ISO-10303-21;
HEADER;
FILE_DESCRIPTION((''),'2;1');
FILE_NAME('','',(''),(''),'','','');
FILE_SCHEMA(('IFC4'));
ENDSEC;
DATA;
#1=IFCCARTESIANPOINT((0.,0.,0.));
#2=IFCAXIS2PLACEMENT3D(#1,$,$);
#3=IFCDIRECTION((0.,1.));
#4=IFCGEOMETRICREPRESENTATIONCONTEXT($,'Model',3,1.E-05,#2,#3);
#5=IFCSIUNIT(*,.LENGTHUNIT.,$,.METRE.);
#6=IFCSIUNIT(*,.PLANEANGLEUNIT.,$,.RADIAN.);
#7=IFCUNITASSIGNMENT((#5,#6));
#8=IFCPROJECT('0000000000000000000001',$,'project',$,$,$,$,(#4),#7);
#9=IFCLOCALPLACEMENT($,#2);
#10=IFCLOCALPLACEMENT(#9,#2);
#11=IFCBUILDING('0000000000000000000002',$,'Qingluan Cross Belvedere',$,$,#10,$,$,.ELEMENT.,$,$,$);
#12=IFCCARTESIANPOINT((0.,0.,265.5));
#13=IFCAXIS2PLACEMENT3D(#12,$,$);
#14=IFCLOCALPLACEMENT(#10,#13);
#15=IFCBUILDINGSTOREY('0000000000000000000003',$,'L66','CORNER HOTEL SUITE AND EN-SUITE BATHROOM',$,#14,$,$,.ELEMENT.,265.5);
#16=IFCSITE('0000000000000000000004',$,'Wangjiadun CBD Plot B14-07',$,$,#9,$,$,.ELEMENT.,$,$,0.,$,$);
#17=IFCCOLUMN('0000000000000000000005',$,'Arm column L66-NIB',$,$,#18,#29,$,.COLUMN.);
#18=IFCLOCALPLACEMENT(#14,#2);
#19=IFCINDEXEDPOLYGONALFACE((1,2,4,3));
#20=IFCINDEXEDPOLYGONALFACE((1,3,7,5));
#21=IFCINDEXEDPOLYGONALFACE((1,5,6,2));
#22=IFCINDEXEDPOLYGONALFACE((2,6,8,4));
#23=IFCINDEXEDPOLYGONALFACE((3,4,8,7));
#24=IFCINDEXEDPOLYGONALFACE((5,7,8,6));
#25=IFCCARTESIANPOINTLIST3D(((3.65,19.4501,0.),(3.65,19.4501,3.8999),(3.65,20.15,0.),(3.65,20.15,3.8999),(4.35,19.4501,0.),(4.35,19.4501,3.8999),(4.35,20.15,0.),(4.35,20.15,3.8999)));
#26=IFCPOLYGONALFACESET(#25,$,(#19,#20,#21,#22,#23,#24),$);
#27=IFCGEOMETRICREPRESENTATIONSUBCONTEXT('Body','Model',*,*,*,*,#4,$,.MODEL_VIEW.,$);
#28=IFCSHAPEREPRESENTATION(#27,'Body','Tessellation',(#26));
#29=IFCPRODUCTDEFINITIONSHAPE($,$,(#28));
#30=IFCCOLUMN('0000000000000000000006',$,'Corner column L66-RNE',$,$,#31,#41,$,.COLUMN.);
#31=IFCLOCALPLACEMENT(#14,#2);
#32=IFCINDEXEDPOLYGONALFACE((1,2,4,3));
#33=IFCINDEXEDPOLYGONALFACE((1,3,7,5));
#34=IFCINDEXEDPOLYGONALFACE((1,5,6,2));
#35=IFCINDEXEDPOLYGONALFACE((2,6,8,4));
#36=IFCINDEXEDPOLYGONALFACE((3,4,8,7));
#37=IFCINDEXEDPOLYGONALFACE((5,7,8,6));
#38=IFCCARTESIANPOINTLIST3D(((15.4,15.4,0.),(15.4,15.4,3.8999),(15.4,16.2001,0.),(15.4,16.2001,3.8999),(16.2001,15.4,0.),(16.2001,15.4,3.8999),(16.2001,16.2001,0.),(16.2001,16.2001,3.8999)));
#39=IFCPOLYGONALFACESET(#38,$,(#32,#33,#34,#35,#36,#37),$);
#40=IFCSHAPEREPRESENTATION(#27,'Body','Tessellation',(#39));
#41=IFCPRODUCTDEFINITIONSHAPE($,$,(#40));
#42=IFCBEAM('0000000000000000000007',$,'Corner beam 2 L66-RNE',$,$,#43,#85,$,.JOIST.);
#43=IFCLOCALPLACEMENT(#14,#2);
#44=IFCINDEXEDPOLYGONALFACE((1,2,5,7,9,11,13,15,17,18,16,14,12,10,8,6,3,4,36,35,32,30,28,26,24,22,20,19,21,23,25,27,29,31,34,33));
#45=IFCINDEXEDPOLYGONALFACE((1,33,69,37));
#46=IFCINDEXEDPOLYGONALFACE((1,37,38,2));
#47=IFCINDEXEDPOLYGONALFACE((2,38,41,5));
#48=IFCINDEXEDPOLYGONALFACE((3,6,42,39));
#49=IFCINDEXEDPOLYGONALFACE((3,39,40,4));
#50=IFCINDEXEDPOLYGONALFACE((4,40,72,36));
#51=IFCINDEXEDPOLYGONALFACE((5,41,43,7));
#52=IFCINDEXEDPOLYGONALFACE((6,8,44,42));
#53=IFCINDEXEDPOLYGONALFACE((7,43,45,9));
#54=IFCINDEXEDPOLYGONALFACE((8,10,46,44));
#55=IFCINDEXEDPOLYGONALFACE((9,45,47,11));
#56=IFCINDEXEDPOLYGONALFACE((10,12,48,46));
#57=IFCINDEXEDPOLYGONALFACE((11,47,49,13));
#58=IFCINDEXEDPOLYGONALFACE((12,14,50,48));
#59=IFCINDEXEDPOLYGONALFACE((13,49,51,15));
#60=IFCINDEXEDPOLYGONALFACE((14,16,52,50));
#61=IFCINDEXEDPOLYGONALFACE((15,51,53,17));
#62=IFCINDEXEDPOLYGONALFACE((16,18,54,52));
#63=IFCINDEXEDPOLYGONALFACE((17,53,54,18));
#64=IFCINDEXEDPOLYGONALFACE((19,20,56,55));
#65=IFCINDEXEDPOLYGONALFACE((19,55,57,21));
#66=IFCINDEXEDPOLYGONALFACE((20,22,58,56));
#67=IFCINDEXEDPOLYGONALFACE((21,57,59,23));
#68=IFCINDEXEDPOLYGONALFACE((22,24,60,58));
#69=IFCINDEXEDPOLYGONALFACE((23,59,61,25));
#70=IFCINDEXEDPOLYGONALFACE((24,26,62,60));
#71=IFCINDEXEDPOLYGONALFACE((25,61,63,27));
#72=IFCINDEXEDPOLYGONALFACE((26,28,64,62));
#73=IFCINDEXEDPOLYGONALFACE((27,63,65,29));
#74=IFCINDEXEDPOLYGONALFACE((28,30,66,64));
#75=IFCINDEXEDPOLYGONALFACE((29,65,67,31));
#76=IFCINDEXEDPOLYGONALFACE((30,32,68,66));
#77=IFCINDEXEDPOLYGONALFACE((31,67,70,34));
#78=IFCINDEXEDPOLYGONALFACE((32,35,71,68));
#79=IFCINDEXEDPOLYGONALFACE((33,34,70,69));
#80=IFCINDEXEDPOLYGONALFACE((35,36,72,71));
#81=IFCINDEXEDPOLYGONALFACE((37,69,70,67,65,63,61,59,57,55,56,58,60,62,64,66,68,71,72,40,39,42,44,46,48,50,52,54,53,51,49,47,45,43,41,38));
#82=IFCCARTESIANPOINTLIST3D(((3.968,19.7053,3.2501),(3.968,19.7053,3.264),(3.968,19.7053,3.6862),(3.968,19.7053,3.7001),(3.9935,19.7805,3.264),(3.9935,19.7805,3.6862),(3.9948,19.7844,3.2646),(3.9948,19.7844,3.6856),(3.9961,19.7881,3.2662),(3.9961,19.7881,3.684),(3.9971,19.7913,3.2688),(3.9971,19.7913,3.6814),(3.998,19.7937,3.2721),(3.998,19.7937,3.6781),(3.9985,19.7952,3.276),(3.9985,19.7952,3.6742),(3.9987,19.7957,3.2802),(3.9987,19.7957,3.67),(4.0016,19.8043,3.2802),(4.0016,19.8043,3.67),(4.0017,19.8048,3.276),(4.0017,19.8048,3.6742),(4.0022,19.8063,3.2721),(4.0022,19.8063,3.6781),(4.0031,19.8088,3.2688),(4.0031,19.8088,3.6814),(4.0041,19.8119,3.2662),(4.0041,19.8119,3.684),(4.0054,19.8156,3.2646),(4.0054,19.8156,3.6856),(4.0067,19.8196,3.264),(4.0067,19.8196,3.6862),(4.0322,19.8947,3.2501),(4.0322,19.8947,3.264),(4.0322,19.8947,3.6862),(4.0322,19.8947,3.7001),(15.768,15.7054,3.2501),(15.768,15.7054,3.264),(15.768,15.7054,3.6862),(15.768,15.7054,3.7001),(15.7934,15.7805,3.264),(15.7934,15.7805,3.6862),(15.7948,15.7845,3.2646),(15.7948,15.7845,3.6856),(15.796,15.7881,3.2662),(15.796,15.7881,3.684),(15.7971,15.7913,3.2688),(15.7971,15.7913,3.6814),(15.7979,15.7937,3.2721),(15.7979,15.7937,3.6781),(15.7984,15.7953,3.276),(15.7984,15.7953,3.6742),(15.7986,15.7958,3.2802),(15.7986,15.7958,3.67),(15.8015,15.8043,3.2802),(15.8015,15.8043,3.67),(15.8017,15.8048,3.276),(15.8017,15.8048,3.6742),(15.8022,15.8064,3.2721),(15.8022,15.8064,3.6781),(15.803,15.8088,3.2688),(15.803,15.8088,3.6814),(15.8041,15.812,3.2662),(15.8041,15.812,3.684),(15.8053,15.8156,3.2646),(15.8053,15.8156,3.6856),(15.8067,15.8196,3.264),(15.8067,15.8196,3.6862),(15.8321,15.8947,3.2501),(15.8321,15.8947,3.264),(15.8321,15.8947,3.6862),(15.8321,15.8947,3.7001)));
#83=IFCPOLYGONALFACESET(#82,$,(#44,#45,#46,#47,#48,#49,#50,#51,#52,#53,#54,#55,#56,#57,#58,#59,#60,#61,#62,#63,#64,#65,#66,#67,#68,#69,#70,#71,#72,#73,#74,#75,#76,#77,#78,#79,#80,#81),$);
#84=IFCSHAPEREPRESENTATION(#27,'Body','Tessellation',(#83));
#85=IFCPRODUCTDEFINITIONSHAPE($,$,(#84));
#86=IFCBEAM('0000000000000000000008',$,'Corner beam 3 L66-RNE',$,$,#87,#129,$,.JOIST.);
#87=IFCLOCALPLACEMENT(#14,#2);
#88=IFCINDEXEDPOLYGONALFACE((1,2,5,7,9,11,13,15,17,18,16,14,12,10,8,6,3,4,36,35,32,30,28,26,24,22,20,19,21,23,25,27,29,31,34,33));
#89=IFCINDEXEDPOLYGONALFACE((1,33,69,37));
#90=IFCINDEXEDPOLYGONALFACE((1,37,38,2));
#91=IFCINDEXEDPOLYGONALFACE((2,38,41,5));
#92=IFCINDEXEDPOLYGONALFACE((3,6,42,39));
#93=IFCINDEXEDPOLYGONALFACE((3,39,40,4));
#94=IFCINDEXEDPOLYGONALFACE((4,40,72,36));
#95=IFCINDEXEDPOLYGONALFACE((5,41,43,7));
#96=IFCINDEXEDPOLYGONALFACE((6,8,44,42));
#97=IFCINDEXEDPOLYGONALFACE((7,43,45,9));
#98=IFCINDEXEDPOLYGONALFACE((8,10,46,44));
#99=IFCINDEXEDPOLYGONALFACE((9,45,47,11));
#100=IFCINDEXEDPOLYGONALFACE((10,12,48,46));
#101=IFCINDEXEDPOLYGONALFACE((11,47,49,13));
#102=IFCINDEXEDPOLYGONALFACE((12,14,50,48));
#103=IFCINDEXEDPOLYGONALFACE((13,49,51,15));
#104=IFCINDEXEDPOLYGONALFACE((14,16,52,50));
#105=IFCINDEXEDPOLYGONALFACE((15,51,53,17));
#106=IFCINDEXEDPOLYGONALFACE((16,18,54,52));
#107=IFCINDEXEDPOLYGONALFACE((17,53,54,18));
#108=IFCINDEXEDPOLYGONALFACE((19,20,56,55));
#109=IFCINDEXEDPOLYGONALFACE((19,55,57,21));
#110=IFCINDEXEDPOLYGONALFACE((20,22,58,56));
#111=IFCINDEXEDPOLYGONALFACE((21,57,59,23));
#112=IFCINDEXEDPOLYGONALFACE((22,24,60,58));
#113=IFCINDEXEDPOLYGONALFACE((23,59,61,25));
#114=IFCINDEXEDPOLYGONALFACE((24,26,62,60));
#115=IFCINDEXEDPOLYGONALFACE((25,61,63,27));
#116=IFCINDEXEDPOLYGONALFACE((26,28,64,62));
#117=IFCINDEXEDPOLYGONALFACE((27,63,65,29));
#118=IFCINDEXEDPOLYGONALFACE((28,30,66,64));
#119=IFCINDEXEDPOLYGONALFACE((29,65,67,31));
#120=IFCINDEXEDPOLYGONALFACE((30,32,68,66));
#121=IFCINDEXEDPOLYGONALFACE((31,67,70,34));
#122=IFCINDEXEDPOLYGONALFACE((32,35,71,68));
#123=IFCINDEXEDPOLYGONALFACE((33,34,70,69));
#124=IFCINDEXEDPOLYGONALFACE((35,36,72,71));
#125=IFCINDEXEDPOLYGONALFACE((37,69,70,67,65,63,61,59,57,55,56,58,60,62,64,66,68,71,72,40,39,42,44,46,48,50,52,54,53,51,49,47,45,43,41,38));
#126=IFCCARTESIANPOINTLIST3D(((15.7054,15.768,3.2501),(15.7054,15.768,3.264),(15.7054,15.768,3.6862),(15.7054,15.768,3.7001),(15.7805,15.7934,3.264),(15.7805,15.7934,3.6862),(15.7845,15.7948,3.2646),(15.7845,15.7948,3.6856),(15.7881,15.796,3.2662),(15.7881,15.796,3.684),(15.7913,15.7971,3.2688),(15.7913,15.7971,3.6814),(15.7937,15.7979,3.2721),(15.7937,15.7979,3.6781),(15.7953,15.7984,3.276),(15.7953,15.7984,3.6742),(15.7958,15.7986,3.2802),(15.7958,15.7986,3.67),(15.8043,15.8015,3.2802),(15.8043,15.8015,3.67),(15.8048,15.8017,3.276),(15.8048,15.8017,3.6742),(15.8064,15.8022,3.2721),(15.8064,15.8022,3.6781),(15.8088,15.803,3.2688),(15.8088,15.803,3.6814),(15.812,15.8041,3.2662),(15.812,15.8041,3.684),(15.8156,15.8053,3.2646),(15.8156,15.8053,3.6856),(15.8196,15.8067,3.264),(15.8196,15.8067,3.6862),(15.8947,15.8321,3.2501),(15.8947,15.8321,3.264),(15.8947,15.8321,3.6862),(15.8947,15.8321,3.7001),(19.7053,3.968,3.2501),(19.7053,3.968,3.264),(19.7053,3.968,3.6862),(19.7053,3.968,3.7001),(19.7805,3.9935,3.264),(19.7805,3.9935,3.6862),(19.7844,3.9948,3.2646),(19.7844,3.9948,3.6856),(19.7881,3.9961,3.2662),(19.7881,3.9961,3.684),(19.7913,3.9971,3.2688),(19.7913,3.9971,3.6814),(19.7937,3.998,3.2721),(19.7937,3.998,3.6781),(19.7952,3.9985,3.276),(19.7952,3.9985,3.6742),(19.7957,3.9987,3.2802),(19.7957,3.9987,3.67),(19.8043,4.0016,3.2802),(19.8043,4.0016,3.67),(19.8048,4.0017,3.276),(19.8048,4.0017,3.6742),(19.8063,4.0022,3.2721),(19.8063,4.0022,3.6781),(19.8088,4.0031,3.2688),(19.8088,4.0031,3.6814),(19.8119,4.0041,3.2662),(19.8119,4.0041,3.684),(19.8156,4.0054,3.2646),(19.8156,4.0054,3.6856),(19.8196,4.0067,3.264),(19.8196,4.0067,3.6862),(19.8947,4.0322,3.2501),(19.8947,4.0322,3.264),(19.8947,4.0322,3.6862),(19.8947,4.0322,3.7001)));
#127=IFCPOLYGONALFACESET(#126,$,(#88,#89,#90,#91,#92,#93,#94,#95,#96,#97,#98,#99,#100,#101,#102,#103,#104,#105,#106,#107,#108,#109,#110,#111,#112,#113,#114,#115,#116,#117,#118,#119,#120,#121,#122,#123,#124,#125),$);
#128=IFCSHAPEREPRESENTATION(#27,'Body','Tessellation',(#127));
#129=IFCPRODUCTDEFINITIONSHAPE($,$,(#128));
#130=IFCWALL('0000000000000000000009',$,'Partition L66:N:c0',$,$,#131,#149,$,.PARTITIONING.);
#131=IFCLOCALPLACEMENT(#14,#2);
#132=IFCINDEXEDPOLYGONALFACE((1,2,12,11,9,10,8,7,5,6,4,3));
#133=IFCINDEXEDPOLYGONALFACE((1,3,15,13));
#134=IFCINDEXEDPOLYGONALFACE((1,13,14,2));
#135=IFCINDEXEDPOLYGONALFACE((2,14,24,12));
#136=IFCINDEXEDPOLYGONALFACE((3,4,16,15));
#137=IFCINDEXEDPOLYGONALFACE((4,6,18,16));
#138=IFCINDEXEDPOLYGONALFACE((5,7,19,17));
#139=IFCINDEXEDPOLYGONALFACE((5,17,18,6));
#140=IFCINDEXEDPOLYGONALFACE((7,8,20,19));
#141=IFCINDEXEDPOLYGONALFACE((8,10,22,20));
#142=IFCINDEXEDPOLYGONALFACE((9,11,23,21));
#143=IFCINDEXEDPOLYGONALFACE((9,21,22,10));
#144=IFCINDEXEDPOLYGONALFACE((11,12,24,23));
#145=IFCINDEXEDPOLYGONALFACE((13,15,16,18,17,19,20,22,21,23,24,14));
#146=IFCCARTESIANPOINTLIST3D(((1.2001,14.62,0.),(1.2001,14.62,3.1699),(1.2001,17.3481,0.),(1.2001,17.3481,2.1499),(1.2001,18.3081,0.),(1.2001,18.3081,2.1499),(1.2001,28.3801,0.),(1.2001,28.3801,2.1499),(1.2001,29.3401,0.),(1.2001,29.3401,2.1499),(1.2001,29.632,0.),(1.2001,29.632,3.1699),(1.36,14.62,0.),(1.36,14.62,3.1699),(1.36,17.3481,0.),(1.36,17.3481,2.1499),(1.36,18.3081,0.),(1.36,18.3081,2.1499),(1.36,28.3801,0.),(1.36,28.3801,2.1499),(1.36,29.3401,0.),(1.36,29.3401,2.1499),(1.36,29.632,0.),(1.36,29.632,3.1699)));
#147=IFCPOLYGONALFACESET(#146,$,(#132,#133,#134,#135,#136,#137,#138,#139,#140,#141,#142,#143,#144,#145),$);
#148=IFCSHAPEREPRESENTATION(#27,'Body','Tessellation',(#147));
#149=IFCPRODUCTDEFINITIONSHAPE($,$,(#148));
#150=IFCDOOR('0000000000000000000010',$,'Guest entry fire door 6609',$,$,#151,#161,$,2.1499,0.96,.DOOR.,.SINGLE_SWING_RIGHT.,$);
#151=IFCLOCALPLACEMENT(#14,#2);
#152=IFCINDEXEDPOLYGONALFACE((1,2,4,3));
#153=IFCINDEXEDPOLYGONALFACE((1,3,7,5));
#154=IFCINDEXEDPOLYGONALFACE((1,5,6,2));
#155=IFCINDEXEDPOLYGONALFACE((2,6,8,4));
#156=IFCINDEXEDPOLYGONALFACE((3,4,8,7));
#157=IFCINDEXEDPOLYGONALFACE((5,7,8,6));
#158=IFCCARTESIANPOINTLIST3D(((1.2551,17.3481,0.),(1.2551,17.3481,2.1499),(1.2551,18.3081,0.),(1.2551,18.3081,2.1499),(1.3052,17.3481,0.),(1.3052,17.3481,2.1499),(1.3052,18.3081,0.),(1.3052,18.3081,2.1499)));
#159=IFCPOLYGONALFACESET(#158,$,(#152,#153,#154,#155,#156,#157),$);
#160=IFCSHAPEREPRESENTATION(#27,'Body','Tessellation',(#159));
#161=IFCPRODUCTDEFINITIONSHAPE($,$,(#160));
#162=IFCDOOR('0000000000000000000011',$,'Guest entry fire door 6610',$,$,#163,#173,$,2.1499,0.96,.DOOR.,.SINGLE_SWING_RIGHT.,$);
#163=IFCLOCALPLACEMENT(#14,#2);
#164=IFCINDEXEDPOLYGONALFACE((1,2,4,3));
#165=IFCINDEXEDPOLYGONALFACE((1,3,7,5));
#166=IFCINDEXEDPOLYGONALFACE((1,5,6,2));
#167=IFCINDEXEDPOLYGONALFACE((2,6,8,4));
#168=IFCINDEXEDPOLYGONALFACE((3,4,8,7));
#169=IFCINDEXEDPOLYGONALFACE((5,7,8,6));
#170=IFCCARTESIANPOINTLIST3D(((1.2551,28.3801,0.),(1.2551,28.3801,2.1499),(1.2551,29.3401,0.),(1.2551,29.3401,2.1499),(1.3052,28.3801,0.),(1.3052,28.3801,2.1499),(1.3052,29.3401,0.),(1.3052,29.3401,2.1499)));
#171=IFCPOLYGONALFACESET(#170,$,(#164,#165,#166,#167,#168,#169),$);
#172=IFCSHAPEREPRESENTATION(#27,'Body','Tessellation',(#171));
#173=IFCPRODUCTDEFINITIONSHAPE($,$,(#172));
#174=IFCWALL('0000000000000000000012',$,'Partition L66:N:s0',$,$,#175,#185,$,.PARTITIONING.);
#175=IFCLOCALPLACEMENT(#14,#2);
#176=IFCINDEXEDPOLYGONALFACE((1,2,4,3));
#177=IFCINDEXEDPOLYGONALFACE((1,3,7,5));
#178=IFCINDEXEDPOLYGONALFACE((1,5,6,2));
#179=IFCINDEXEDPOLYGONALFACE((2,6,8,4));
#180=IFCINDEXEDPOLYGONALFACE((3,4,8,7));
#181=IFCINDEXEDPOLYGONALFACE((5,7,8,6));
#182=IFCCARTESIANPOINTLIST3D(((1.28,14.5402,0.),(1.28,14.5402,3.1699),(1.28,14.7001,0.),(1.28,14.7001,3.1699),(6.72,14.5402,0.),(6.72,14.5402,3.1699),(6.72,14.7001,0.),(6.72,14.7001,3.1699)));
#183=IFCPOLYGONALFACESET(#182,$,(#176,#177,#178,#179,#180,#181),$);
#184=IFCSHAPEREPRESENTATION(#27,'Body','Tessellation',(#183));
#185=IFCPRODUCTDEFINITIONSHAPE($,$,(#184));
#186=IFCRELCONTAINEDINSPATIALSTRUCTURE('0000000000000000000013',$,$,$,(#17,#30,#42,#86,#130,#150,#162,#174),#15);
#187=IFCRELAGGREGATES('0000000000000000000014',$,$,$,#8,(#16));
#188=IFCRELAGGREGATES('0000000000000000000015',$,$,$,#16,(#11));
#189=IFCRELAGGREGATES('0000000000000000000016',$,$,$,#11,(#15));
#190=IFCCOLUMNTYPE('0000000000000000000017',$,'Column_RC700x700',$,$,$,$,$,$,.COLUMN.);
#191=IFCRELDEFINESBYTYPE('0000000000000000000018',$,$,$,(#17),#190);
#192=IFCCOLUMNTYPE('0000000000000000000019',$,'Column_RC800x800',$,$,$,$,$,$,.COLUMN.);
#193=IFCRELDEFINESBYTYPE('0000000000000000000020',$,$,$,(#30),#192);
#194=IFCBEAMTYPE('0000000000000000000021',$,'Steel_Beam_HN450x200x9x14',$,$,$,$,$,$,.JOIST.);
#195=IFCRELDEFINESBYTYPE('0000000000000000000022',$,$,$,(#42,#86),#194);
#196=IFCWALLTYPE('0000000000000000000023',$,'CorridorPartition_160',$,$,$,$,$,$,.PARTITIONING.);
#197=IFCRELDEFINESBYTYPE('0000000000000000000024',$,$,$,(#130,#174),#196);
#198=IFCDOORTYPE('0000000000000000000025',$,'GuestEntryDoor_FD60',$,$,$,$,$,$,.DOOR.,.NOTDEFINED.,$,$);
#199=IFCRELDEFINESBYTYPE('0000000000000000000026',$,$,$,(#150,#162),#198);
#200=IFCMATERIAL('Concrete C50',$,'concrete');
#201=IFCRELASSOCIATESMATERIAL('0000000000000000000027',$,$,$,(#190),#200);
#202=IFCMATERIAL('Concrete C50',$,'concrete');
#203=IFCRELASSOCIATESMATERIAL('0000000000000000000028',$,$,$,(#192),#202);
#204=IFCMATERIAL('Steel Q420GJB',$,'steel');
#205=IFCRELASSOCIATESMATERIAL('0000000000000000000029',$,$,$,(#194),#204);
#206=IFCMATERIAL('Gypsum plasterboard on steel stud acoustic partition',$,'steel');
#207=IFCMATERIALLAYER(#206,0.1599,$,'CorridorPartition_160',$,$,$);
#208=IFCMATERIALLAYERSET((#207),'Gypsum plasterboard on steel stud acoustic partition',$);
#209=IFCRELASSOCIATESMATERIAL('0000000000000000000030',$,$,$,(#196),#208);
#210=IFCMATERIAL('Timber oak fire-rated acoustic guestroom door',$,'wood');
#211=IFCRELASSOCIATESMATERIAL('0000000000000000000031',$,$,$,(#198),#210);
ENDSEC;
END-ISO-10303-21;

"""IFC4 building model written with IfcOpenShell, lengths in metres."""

from ifc_helpers import new_model, si_unit, direction, frame, frame_2d, origin, origin_2d, place, context, subcontext, project, spatial, rectangle, i_section, extrude, material, layer, layer_set, material_profile, profile_set, type_object, element, fill, save


model = new_model("IFC4")

# Units and contexts
model_context = context("Model", 3, precision=1e-05, world=origin(), true_north=direction((0.0, 1.0)))
body_context = subcontext(model_context, "Body", "Model", "MODEL_VIEW")
ifc_project = project(units=[si_unit("LENGTHUNIT", "METRE"), si_unit("PLANEANGLEUNIT", "RADIAN")], contexts=[model_context])

# Site, building, storey
site_placement = place(None, origin())
site = spatial("IfcSite", under=ifc_project, at=site_placement, Name="Wangjiadun CBD Plot B14-07", CompositionType="ELEMENT", RefElevation=0.0)
building_placement = place(site_placement, origin())
building = spatial("IfcBuilding", under=site, at=building_placement, Name="Qingluan Cross Belvedere", CompositionType="ELEMENT")
storey_placement = place(building_placement, frame((0.0, 0.0, 265.5)))
storey = spatial("IfcBuildingStorey", under=building, at=storey_placement, Name="L66", Description="CORNER HOTEL SUITE AND EN-SUITE BATHROOM", CompositionType="ELEMENT", Elevation=265.5)

# Columns
ifc_material_1 = material(Name="Concrete C50", Category="concrete")
ifc_material_profile_1 = material_profile(ifc_material_1, rectangle(XDim=0.7, YDim=0.7, at=origin_2d()), Name="RC700x700")
ifc_profile_set_1 = profile_set([ifc_material_profile_1], Name="Concrete C50")
column_type_1 = type_object("IfcColumnType", Name="Column_RC700x700", PredefinedType="COLUMN", material=ifc_profile_set_1)
column_1_placement = place(storey_placement, frame((4.0, 19.8, 0.0), z_axis=(0.0, 0.0, 1.0), x_axis=(1.0, 0.0, 0.0)))
element("IfcColumn", 1, at=column_1_placement, inside=storey, type_object=column_type_1, Name="Arm column L66-NIB", PredefinedType="COLUMN", context=body_context, shape_type="SweptSolid", body=[
    extrude(rectangle(XDim=0.7, YDim=0.7, at=origin_2d()), origin(), (0.0, 0.0, 1.0), 3.8999),
])
ifc_material_2 = material(Name="Concrete C50", Category="concrete")
ifc_material_profile_2 = material_profile(ifc_material_2, rectangle(XDim=0.8, YDim=0.8, at=origin_2d()), Name="RC800x800")
ifc_profile_set_2 = profile_set([ifc_material_profile_2], Name="Concrete C50")
column_type_2 = type_object("IfcColumnType", Name="Column_RC800x800", PredefinedType="COLUMN", material=ifc_profile_set_2)
column_2_placement = place(storey_placement, frame((15.8, 15.8, 0.0), z_axis=(0.0, 0.0, 1.0), x_axis=(1.0, 0.0, 0.0)))
element("IfcColumn", 2, at=column_2_placement, inside=storey, type_object=column_type_2, Name="Corner column L66-RNE", PredefinedType="COLUMN", context=body_context, shape_type="SweptSolid", body=[
    extrude(rectangle(XDim=0.8, YDim=0.8, at=origin_2d()), origin(), (0.0, 0.0, 1.0), 3.8999),
])

# Beams
ifc_material_3 = material(Name="Steel Q420GJB", Category="steel")
ifc_material_profile_3 = material_profile(ifc_material_3, i_section(OverallWidth=0.2, OverallDepth=0.45, WebThickness=0.009, FlangeThickness=0.0139, FilletRadius=0.0161, at=origin_2d()), Name="HN450x200x9x14")
ifc_profile_set_3 = profile_set([ifc_material_profile_3], Name="Steel Q420GJB")
beam_type = type_object("IfcBeamType", Name="Steel_Beam_HN450x200x9x14", PredefinedType="JOIST", material=ifc_profile_set_3)
for number, where, z_axis, x_axis, name in (
    (3, (15.8, 15.8, 3.4751), (-0.947066, 0.321038, 0.0), (-0.321038, -0.947066, 0.0), "Corner beam 2 L66-RNE"),
    (4, (15.8, 15.8, 3.4751), (0.321038, -0.947066, 0.0), (0.947066, 0.321038, 0.0), "Corner beam 3 L66-RNE"),
):
    element("IfcBeam", number, at=place(storey_placement, frame(where, z_axis=z_axis, x_axis=x_axis)), inside=storey, type_object=beam_type, Name=name, PredefinedType="JOIST", context=body_context, shape_type="SweptSolid", body=[
        extrude(i_section(OverallWidth=0.2, OverallDepth=0.45, WebThickness=0.009, FlangeThickness=0.0139, FilletRadius=0.0161, at=origin_2d()), origin(), (0.0, 0.0, 1.0), 12.4595),
    ])

# Wall, openings, doors
ifc_material_4 = material(Name="Gypsum plasterboard on steel stud acoustic partition", Category="steel")
ifc_layer_1 = layer(ifc_material_4, 0.1599, Name="CorridorPartition_160")
ifc_layer_set_1 = layer_set([ifc_layer_1], Name="Gypsum plasterboard on steel stud acoustic partition")
wall_type_1 = type_object("IfcWallType", Name="CorridorPartition_160", PredefinedType="PARTITIONING", material=ifc_layer_set_1)
wall_1_placement = place(storey_placement, frame((1.28, 14.6201, 0.0), z_axis=(0.0, 0.0, 1.0), x_axis=(0.0, 1.0, 0.0)))
wall_1 = element("IfcWall", 5, at=wall_1_placement, inside=storey, type_object=wall_type_1, Name="Partition L66:N:c0", PredefinedType="PARTITIONING", context=body_context, shape_type="SweptSolid", body=[
    extrude(rectangle(XDim=15.012, YDim=0.1599, at=frame_2d((7.5059, 0.0))), origin(), (0.0, 0.0, 1.0), 3.1699),
])
opening_1_placement = place(wall_1_placement, frame((2.728, 0.0, 0.0)))
opening_1 = element("IfcOpeningElement", 6, at=opening_1_placement, cuts=wall_1, PredefinedType="OPENING", context=body_context, shape_type="SweptSolid", body=[
    extrude(rectangle(XDim=0.96, YDim=2.1499, at=frame_2d((0.48, 1.075))), frame((0.0, 0.0898, 0.0), z_axis=(0.0, -1.0, 0.0), x_axis=(1.0, 0.0, 0.0)), (0.0, 0.0, 1.0), 0.1799),
])
opening_2_placement = place(wall_1_placement, frame((13.76, 0.0, 0.0)))
opening_2 = element("IfcOpeningElement", 7, at=opening_2_placement, cuts=wall_1, PredefinedType="OPENING", context=body_context, shape_type="SweptSolid", body=[
    extrude(rectangle(XDim=0.96, YDim=2.1499, at=frame_2d((0.48, 1.075))), frame((0.0, 0.0898, 0.0), z_axis=(0.0, -1.0, 0.0), x_axis=(1.0, 0.0, 0.0)), (0.0, 0.0, 1.0), 0.1799),
])
ifc_material_5 = material(Name="Timber oak fire-rated acoustic guestroom door", Category="wood")
door_type_1 = type_object("IfcDoorType", Name="GuestEntryDoor_FD60", OperationType="NOTDEFINED", PredefinedType="DOOR", material=ifc_material_5)
door_1_placement = place(opening_1_placement, origin())
door_1 = element("IfcDoor", 8, at=door_1_placement, inside=storey, type_object=door_type_1, Name="Guest entry fire door 6609", OperationType="SINGLE_SWING_RIGHT", OverallHeight=2.1499, OverallWidth=0.96, PredefinedType="DOOR", context=body_context, shape_type="SweptSolid", body=[
    extrude(rectangle(XDim=0.96, YDim=2.1499, at=frame_2d((0.48, 1.075))), frame((0.0, 0.0249, 0.0), z_axis=(0.0, -1.0, 0.0), x_axis=(1.0, 0.0, 0.0)), (0.0, 0.0, 1.0), 0.05),
])
fill(opening_1, door_1)
door_2_placement = place(opening_2_placement, origin())
door_2 = element("IfcDoor", 9, at=door_2_placement, inside=storey, type_object=door_type_1, Name="Guest entry fire door 6610", OperationType="SINGLE_SWING_RIGHT", OverallHeight=2.1499, OverallWidth=0.96, PredefinedType="DOOR", context=body_context, shape_type="SweptSolid", body=[
    extrude(rectangle(XDim=0.96, YDim=2.1499, at=frame_2d((0.48, 1.075))), frame((0.0, 0.0249, 0.0), z_axis=(0.0, -1.0, 0.0), x_axis=(1.0, 0.0, 0.0)), (0.0, 0.0, 1.0), 0.05),
])
fill(opening_2, door_2)

# Wall
wall_2_placement = place(storey_placement, frame((1.28, 14.6201, 0.0), z_axis=(0.0, 0.0, 1.0), x_axis=(1.0, 0.0, 0.0)))
element("IfcWall", 10, at=wall_2_placement, inside=storey, type_object=wall_type_1, Name="Partition L66:N:s0", PredefinedType="PARTITIONING", context=body_context, shape_type="SweptSolid", body=[
    extrude(rectangle(XDim=5.4399, YDim=0.1599, at=frame_2d((2.72, 0.0))), origin(), (0.0, 0.0, 1.0), 3.1699),
])

save(model, "model.ifc")
